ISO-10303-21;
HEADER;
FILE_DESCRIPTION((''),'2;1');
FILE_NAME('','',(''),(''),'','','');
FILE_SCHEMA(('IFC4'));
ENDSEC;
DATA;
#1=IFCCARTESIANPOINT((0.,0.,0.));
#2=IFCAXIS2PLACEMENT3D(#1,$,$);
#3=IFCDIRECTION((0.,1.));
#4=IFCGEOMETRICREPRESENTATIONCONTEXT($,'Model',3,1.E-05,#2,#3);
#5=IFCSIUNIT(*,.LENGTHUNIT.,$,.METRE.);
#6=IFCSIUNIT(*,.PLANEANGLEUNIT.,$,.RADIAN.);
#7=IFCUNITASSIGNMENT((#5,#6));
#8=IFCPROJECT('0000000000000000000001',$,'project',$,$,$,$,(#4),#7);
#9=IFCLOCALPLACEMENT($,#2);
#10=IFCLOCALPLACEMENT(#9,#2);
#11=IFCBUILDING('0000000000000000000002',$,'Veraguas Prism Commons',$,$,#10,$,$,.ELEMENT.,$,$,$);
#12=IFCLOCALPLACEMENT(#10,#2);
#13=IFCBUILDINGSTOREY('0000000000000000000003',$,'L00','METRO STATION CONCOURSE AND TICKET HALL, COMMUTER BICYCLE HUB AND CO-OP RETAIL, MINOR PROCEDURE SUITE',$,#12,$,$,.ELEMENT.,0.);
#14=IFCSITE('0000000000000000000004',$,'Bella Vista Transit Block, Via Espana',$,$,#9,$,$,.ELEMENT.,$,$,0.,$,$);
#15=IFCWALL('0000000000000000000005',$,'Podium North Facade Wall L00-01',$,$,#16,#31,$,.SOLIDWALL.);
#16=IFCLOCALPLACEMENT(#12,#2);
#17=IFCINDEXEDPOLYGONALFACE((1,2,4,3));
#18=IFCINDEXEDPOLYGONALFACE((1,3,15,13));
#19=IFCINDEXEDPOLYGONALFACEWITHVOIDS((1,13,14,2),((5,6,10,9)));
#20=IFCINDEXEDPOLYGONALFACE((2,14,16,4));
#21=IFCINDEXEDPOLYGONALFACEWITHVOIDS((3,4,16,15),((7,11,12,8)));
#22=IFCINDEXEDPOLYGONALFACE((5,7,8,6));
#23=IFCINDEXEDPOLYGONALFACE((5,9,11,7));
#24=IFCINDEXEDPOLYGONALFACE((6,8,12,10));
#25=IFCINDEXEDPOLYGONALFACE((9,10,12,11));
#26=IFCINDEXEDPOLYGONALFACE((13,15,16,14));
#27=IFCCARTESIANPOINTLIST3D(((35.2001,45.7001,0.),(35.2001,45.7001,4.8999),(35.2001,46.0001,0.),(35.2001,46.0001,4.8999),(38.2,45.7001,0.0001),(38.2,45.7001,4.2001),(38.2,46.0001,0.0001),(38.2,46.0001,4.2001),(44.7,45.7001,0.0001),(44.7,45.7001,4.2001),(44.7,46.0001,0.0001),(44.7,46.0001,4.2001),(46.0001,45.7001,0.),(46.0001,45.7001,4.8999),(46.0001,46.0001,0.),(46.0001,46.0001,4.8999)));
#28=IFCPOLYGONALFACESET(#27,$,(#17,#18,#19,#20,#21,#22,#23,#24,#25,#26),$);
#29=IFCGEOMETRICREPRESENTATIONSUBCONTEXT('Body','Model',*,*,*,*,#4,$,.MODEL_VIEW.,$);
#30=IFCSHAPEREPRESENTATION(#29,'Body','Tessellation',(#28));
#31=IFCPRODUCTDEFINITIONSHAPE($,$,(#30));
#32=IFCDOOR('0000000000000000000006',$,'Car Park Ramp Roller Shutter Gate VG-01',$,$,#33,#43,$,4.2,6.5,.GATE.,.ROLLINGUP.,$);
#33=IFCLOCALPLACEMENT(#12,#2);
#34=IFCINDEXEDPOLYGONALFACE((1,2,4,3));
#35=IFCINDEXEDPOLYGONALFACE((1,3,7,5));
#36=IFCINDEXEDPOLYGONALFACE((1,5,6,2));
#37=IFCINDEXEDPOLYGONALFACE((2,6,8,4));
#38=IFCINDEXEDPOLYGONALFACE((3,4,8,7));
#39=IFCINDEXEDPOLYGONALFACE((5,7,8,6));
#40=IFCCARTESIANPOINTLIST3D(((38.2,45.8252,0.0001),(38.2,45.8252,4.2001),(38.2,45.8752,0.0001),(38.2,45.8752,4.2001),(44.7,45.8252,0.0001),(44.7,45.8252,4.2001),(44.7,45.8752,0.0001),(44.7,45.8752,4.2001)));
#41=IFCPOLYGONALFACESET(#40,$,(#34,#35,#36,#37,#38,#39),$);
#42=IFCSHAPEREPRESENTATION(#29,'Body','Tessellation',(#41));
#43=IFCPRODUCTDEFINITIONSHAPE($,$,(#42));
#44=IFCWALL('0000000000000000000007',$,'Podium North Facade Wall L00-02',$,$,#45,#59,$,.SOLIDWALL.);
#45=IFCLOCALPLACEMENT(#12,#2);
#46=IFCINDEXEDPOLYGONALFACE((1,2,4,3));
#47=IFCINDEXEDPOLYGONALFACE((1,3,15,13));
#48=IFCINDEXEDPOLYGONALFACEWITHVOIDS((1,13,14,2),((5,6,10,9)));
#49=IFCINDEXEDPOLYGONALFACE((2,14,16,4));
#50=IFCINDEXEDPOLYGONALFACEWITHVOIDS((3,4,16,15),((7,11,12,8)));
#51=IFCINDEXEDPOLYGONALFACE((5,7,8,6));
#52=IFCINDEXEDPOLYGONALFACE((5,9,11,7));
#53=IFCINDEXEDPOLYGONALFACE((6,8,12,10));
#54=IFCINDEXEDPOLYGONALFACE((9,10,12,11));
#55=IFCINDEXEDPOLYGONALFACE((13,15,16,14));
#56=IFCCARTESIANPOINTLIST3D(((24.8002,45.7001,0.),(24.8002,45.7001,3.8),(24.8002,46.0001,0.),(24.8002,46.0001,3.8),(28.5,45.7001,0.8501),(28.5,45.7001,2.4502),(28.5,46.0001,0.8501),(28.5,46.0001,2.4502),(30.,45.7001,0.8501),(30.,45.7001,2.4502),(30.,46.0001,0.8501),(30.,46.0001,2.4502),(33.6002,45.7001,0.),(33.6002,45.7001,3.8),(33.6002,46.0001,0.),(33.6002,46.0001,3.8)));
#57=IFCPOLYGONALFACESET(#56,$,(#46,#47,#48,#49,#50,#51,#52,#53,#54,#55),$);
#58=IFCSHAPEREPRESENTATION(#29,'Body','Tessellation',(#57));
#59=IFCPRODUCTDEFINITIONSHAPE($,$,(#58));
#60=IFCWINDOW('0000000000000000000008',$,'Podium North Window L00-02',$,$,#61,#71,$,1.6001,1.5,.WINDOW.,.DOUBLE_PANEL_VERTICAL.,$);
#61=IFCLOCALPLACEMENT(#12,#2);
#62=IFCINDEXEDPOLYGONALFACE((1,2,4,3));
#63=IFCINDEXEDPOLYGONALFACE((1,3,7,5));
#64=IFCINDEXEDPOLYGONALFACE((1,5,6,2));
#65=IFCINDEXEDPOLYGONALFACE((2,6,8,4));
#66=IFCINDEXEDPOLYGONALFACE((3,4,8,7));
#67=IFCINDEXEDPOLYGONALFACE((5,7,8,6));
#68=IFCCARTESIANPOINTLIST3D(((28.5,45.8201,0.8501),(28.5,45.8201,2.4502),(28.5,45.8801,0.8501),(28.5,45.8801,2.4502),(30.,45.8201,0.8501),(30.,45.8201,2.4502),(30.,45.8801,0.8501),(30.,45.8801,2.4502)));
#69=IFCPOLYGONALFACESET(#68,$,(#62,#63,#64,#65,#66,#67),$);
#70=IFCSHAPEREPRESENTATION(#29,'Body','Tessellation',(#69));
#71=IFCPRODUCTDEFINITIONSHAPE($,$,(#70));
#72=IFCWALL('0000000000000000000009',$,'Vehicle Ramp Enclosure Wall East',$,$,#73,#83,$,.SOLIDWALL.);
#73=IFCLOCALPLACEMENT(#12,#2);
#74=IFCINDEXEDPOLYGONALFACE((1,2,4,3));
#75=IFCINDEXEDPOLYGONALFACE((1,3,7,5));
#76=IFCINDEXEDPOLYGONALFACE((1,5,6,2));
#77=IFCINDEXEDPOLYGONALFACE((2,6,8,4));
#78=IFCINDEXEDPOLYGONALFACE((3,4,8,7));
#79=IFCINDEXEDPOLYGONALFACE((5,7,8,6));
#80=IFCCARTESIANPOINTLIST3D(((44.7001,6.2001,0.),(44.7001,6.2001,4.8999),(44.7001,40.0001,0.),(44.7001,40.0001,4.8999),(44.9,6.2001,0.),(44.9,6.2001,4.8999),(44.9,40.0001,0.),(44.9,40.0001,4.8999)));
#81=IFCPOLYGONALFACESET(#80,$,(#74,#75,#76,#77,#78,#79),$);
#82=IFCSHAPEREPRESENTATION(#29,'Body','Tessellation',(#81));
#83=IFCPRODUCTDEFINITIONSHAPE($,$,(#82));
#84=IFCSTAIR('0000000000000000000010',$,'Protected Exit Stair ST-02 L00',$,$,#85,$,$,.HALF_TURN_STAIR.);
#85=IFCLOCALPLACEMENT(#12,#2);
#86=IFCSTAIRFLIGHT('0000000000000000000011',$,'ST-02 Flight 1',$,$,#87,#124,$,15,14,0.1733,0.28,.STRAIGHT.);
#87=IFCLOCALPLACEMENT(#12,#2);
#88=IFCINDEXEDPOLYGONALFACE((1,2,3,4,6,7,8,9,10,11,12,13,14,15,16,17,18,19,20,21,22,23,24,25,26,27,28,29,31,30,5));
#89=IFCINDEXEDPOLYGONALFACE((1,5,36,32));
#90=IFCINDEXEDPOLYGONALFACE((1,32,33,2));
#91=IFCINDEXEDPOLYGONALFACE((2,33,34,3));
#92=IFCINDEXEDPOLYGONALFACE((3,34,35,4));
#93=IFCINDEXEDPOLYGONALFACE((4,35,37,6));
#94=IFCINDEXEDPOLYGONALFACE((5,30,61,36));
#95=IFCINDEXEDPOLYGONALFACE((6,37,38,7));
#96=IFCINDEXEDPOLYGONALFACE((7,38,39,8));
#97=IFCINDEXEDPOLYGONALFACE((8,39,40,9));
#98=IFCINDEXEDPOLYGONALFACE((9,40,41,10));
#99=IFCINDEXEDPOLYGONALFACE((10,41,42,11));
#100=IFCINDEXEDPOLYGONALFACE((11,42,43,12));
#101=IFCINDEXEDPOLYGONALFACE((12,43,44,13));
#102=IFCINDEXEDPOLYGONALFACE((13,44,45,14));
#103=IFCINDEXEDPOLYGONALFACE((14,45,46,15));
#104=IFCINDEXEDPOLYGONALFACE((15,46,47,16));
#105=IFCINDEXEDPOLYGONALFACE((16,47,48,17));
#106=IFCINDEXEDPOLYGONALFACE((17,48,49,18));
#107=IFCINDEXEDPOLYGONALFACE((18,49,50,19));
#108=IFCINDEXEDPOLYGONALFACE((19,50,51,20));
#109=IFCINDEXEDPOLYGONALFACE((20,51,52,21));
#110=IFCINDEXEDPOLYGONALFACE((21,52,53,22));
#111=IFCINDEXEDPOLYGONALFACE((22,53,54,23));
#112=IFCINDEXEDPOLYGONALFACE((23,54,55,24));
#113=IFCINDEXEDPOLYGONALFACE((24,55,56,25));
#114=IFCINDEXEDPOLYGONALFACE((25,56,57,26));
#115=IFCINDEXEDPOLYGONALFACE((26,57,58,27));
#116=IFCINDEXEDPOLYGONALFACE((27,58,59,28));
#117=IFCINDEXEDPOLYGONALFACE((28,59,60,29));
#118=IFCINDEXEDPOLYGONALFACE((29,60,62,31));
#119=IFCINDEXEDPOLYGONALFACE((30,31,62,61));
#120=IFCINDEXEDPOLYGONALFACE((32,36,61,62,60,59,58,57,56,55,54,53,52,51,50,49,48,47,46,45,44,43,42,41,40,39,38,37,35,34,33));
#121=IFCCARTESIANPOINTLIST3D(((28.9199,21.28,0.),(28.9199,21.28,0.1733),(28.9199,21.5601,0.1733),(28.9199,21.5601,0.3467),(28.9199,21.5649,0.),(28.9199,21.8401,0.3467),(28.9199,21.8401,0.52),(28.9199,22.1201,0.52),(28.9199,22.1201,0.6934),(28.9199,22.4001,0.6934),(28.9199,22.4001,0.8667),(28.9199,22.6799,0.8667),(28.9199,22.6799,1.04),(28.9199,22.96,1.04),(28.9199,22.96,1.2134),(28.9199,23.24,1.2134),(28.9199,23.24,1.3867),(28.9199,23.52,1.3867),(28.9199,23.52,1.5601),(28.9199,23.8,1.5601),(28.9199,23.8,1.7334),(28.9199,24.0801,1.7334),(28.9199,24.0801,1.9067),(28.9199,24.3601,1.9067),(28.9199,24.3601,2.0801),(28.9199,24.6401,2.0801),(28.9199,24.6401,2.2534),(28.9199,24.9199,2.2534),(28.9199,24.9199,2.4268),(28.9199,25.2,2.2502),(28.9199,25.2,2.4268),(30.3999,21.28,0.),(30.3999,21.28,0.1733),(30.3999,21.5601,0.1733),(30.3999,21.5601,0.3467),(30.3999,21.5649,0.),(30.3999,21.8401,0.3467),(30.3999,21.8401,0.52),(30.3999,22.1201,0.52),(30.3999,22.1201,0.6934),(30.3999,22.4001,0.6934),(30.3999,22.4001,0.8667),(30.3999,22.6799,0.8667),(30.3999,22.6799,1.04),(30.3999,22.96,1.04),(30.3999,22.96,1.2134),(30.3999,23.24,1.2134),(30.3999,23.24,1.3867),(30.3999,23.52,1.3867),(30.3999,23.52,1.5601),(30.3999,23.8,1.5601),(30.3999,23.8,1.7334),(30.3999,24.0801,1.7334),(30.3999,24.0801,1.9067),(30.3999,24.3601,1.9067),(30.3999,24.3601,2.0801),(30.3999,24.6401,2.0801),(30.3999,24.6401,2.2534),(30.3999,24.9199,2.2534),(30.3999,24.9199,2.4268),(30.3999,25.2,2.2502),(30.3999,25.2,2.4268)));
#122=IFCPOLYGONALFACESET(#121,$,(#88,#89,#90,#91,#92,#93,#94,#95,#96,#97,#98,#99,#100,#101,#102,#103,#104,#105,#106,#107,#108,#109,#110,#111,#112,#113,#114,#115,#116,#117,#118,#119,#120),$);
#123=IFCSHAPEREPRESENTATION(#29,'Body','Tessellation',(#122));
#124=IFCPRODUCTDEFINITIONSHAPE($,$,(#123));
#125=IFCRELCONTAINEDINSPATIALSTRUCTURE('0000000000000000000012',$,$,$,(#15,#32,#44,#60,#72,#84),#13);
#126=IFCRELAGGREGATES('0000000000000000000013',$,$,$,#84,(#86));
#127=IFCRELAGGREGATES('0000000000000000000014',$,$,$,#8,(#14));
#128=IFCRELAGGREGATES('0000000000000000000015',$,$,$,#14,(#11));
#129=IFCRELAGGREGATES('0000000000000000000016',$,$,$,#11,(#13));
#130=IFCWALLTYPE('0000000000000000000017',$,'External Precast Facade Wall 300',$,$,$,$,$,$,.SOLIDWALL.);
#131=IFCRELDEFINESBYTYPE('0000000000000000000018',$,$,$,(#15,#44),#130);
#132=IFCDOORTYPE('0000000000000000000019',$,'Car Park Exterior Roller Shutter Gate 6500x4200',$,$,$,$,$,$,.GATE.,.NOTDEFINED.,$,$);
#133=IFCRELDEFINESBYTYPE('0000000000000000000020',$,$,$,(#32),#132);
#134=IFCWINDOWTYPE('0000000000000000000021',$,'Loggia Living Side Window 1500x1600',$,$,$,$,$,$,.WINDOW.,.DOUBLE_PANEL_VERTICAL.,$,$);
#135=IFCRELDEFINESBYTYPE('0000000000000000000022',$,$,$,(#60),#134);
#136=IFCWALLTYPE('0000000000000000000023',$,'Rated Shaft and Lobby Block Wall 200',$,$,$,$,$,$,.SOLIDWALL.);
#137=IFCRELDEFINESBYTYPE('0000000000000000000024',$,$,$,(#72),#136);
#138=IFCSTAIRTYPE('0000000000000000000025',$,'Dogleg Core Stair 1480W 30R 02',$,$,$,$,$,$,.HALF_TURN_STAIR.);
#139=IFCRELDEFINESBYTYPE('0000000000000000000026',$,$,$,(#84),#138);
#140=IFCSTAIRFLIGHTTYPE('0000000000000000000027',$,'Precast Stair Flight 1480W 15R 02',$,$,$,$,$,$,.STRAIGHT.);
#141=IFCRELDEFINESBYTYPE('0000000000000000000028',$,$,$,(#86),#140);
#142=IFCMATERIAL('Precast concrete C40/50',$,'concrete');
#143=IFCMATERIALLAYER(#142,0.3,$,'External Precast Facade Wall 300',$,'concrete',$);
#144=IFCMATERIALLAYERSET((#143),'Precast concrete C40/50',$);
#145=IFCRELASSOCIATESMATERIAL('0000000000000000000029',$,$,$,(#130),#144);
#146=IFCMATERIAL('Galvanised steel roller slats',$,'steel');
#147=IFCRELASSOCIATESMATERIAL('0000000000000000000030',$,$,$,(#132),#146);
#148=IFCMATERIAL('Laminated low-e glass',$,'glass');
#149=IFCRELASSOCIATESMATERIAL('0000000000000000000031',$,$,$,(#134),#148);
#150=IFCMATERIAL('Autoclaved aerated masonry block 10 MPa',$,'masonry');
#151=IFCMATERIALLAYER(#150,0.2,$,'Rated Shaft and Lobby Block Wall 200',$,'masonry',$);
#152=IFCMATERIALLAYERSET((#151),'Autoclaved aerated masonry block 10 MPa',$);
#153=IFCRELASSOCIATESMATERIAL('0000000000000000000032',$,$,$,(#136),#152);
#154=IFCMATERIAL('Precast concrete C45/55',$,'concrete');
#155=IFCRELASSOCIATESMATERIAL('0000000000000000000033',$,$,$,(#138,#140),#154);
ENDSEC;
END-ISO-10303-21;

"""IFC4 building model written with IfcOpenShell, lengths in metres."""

from ifc_helpers import new_model, si_unit, direction, frame, frame_2d, origin, place, context, subcontext, project, spatial, polyline, rectangle, outline, extrude, source, transform, mapped, material, layer, layer_set, type_object, element, fill, aggregate, save


model = new_model("IFC4")

# Units and contexts
model_context = context("Model", 3, precision=1e-05, world=origin(), true_north=direction((0.0, 1.0)))
body_context = subcontext(model_context, "Body", "Model", "MODEL_VIEW")
ifc_project = project(units=[si_unit("LENGTHUNIT", "METRE"), si_unit("PLANEANGLEUNIT", "RADIAN")], contexts=[model_context])

# Site, building, storey
site_placement = place(None, origin())
site = spatial("IfcSite", under=ifc_project, at=site_placement, Name="Bella Vista Transit Block, Via Espana", CompositionType="ELEMENT", RefElevation=0.0)
building_placement = place(site_placement, origin())
building = spatial("IfcBuilding", under=site, at=building_placement, Name="Veraguas Prism Commons", CompositionType="ELEMENT")
storey_placement = place(building_placement, origin())
storey = spatial("IfcBuildingStorey", under=building, at=storey_placement, Name="L00", Description="METRO STATION CONCOURSE AND TICKET HALL, COMMUTER BICYCLE HUB AND CO-OP RETAIL, MINOR PROCEDURE SUITE", CompositionType="ELEMENT", Elevation=0.0)

# Shared definitions
ifc_material_1 = material(Name="Laminated low-e glass", Category="glass")

# Wall, opening, door
ifc_material_2 = material(Name="Precast concrete C40/50", Category="concrete")
ifc_layer_1 = layer(ifc_material_2, 0.3, Name="External Precast Facade Wall 300", Category="concrete")
ifc_layer_set_1 = layer_set([ifc_layer_1], Name="Precast concrete C40/50")
wall_type_1 = type_object("IfcWallType", Name="External Precast Facade Wall 300", PredefinedType="SOLIDWALL", material=ifc_layer_set_1)
wall_1_placement = place(storey_placement, frame((46.0, 45.8501, 0.0), z_axis=(0.0, 0.0, 1.0), x_axis=(-1.0, 0.0, 0.0)))
wall_1 = element("IfcWall", 1, at=wall_1_placement, inside=storey, type_object=wall_type_1, Name="Podium North Facade Wall L00-01", PredefinedType="SOLIDWALL", context=body_context, shape_type="SweptSolid", body=[
    extrude(rectangle(XDim=10.8, YDim=0.3, at=frame_2d((5.3999, 0.0))), origin(), (0.0, 0.0, 1.0), 4.8999),
])
opening_1_placement = place(wall_1_placement, frame((1.3, 0.0, 0.0)))
opening_1 = element("IfcOpeningElement", 2, at=opening_1_placement, cuts=wall_1, PredefinedType="OPENING", context=body_context, shape_type="SweptSolid", body=[
    extrude(rectangle(XDim=6.5, YDim=4.2, at=frame_2d((3.25, 2.1001))), frame((0.0, 0.1599, 0.0), z_axis=(0.0, -1.0, 0.0), x_axis=(1.0, 0.0, 0.0)), (0.0, 0.0, 1.0), 0.3201),
])
ifc_material_3 = material(Name="Galvanised steel roller slats", Category="steel")
door_type_1 = type_object("IfcDoorType", Name="Car Park Exterior Roller Shutter Gate 6500x4200", OperationType="NOTDEFINED", PredefinedType="GATE", material=ifc_material_3)
shared_shape_1 = source(origin(), body_context, "Body", "SweptSolid", [
    extrude(rectangle(XDim=6.5, YDim=4.2, at=frame_2d((3.25, 2.1001))), frame((0.0, 0.0249, 0.0), z_axis=(0.0, -1.0, 0.0), x_axis=(1.0, 0.0, 0.0)), (0.0, 0.0, 1.0), 0.05),
])
door_1_placement = place(opening_1_placement, origin())
door_1 = element("IfcDoor", 3, at=door_1_placement, inside=storey, type_object=door_type_1, Name="Car Park Ramp Roller Shutter Gate VG-01", OperationType="ROLLINGUP", OverallHeight=4.2, OverallWidth=6.5, PredefinedType="GATE", context=body_context, shape_type="MappedRepresentation", body=[
    mapped(shared_shape_1, transform((0.0, 0.0, 0.0), scale=1.0)),
])
fill(opening_1, door_1)

# Wall, opening, window
wall_2_placement = place(storey_placement, frame((33.6001, 45.8501, 0.0), z_axis=(0.0, 0.0, 1.0), x_axis=(-1.0, 0.0, 0.0)))
wall_2 = element("IfcWall", 4, at=wall_2_placement, inside=storey, type_object=wall_type_1, Name="Podium North Facade Wall L00-02", PredefinedType="SOLIDWALL", context=body_context, shape_type="SweptSolid", body=[
    extrude(rectangle(XDim=8.8, YDim=0.3, at=frame_2d((4.3999, 0.0))), origin(), (0.0, 0.0, 1.0), 3.8),
])
opening_2_placement = place(wall_2_placement, frame((3.6001, 0.0, 0.8501)))
opening_2 = element("IfcOpeningElement", 5, at=opening_2_placement, cuts=wall_2, PredefinedType="OPENING", context=body_context, shape_type="SweptSolid", body=[
    extrude(rectangle(XDim=1.5, YDim=1.6001, at=frame_2d((0.75, 0.8))), frame((0.0, 0.1599, 0.0), z_axis=(0.0, -1.0, 0.0), x_axis=(1.0, 0.0, 0.0)), (0.0, 0.0, 1.0), 0.3201),
])
window_type = type_object("IfcWindowType", Name="Loggia Living Side Window 1500x1600", PartitioningType="DOUBLE_PANEL_VERTICAL", PredefinedType="WINDOW", material=ifc_material_1)
shared_shape_2 = source(origin(), body_context, "Body", "SweptSolid", [
    extrude(rectangle(XDim=1.5, YDim=1.6001, at=frame_2d((0.75, 0.8))), frame((0.0, 0.03, 0.0), z_axis=(0.0, -1.0, 0.0), x_axis=(1.0, 0.0, 0.0)), (0.0, 0.0, 1.0), 0.0601),
])
window_placement = place(opening_2_placement, origin())
window = element("IfcWindow", 6, at=window_placement, inside=storey, type_object=window_type, Name="Podium North Window L00-02", OverallHeight=1.6001, OverallWidth=1.5, PartitioningType="DOUBLE_PANEL_VERTICAL", PredefinedType="WINDOW", context=body_context, shape_type="MappedRepresentation", body=[
    mapped(shared_shape_2, transform((0.0, 0.0, 0.0), scale=1.0)),
])
fill(opening_2, window)

# Wall
ifc_material_4 = material(Name="Autoclaved aerated masonry block 10 MPa", Category="masonry")
ifc_layer_2 = layer(ifc_material_4, 0.2, Name="Rated Shaft and Lobby Block Wall 200", Category="masonry")
ifc_layer_set_2 = layer_set([ifc_layer_2], Name="Autoclaved aerated masonry block 10 MPa")
wall_type_2 = type_object("IfcWallType", Name="Rated Shaft and Lobby Block Wall 200", PredefinedType="SOLIDWALL", material=ifc_layer_set_2)
wall_3_placement = place(storey_placement, frame((44.8, 40.0, 0.0), z_axis=(0.0, 0.0, 1.0), x_axis=(0.0, -1.0, 0.0)))
element("IfcWall", 7, at=wall_3_placement, inside=storey, type_object=wall_type_2, Name="Vehicle Ramp Enclosure Wall East", PredefinedType="SOLIDWALL", context=body_context, shape_type="SweptSolid", body=[
    extrude(rectangle(XDim=33.8, YDim=0.2, at=frame_2d((16.8999, 0.0))), origin(), (0.0, 0.0, 1.0), 4.8999),
])

# Stair, stair flight
ifc_material_5 = material(Name="Precast concrete C45/55", Category="concrete")
stair_type = type_object("IfcStairType", Name="Dogleg Core Stair 1480W 30R 02", PredefinedType="HALF_TURN_STAIR", material=ifc_material_5)
stair_placement = place(storey_placement, origin())
stair = element("IfcStair", 8, at=stair_placement, inside=storey, type_object=stair_type, Name="Protected Exit Stair ST-02 L00", PredefinedType="HALF_TURN_STAIR")
stair_flight_type = type_object("IfcStairFlightType", Name="Precast Stair Flight 1480W 15R 02", PredefinedType="STRAIGHT", material=ifc_material_5)
stair_flight_placement = place(storey_placement, frame((29.6599, 21.28, 0.0), z_axis=(0.0, 0.0, 1.0), x_axis=(0.0, 1.0, 0.0)))
stair_flight = element("IfcStairFlight", 9, at=stair_flight_placement, type_object=stair_flight_type, Name="ST-02 Flight 1", NumberOfRisers=15, NumberOfTreads=14, PredefinedType="STRAIGHT", RiserHeight=0.1733, TreadLength=0.28, context=body_context, shape_type="SweptSolid", body=[
    extrude(outline(polyline([(0.0, 0.0), (0.0, 0.1733), (0.28, 0.1733), (0.28, 0.3467), (0.5601, 0.3467), (0.5601, 0.52), (0.8401, 0.52), (0.8401, 0.6934), (1.1201, 0.6934), (1.1201, 0.8667), (1.3999, 0.8667), (1.3999, 1.04), (1.6799, 1.04), (1.6799, 1.2134), (1.96, 1.2134), (1.96, 1.3867), (2.24, 1.3867), (2.24, 1.5601), (2.52, 1.5601), (2.52, 1.7334), (2.8, 1.7334), (2.8, 1.9067), (3.0801, 1.9067), (3.0801, 2.0801), (3.3601, 2.0801), (3.3601, 2.2534), (3.6399, 2.2534), (3.6399, 2.4268), (3.9199, 2.4268), (3.9199, 2.6001), (3.9199, 2.2502), (0.2849, 0.0), (0.0, 0.0)])), frame((0.0, 0.74, 0.0), z_axis=(0.0, -1.0, 0.0), x_axis=(1.0, 0.0, 0.0)), (0.0, 0.0, 1.0), 1.48),
])
aggregate(stair, [stair_flight])

save(model, "model.ifc")
